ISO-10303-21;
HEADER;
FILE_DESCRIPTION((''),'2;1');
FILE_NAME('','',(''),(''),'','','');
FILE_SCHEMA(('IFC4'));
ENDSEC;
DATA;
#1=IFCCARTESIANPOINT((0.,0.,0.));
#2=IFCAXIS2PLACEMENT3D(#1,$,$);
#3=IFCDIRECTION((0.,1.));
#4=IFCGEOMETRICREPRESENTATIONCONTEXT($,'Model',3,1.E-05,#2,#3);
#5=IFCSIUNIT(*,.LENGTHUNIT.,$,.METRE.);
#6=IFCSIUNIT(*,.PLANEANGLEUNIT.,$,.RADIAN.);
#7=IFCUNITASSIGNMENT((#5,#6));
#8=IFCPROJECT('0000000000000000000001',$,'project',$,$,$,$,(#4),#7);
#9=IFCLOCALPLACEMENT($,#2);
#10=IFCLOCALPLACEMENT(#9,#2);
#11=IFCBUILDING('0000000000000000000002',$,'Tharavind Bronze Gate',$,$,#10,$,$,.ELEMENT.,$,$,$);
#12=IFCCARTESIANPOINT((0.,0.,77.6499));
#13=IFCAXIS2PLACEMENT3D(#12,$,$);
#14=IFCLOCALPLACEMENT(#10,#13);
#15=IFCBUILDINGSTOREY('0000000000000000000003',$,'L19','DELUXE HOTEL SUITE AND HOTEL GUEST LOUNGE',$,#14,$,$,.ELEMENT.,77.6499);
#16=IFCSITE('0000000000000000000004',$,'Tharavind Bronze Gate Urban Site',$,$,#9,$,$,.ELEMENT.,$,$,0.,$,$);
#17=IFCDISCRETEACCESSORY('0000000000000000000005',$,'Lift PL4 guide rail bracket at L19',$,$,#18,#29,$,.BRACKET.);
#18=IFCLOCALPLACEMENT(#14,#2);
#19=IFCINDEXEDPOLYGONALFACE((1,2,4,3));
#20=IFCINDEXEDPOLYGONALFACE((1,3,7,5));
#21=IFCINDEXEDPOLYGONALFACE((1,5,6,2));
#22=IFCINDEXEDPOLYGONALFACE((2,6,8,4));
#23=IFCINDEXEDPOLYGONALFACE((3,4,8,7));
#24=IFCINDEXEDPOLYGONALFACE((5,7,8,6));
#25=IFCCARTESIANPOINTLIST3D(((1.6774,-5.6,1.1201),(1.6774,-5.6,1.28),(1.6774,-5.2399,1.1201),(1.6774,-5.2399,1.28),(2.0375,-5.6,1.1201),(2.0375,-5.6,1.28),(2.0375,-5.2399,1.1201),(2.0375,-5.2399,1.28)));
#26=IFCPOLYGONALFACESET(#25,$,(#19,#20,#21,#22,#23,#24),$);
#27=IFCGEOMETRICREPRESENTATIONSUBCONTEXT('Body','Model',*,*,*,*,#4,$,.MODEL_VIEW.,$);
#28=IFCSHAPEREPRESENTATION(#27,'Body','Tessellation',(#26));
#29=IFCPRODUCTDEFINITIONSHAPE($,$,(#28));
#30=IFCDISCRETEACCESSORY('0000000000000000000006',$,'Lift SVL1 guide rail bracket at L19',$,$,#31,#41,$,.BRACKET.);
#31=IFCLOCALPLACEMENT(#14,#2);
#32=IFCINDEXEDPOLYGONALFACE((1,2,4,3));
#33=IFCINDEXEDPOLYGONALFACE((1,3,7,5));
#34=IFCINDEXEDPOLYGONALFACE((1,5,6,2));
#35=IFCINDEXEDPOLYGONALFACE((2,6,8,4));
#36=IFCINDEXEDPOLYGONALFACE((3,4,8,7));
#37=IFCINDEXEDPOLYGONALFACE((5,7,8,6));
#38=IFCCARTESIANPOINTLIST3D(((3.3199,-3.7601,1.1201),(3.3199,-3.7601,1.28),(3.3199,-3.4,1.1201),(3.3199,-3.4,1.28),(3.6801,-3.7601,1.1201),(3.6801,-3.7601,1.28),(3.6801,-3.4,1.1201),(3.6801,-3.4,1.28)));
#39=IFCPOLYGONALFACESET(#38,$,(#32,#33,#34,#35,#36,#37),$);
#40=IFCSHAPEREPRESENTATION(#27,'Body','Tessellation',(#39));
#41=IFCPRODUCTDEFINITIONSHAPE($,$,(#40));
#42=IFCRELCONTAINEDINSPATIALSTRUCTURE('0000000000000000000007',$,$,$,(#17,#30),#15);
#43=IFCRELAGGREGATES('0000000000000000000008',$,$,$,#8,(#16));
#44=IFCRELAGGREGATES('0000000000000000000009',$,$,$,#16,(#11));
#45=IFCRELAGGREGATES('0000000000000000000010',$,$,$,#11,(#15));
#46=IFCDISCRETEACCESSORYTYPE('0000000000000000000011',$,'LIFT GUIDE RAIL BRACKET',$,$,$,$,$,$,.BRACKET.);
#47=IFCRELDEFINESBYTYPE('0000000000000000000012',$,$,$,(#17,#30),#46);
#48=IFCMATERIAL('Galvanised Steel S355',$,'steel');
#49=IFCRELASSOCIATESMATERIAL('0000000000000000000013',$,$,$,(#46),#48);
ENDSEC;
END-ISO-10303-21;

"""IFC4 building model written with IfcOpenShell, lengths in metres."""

from ifc_helpers import new_model, si_unit, direction, frame, origin, origin_2d, place, context, subcontext, project, spatial, rectangle, extrude, material, type_object, element, save


model = new_model("IFC4")

# Units and contexts
model_context = context("Model", 3, precision=1e-05, world=origin(), true_north=direction((0.0, 1.0)))
body_context = subcontext(model_context, "Body", "Model", "MODEL_VIEW")
ifc_project = project(units=[si_unit("LENGTHUNIT", "METRE"), si_unit("PLANEANGLEUNIT", "RADIAN")], contexts=[model_context])

# Site, building, storey
site_placement = place(None, origin())
site = spatial("IfcSite", under=ifc_project, at=site_placement, Name="Tharavind Bronze Gate Urban Site", CompositionType="ELEMENT", RefElevation=0.0)
building_placement = place(site_placement, origin())
building = spatial("IfcBuilding", under=site, at=building_placement, Name="Tharavind Bronze Gate", CompositionType="ELEMENT")
storey_placement = place(building_placement, frame((0.0, 0.0, 77.6499)))
storey = spatial("IfcBuildingStorey", under=building, at=storey_placement, Name="L19", Description="DELUXE HOTEL SUITE AND HOTEL GUEST LOUNGE", CompositionType="ELEMENT", Elevation=77.6499)

# Discrete accessories
ifc_material_1 = material(Name="Galvanised Steel S355", Category="steel")
discrete_accessory_type = type_object("IfcDiscreteAccessoryType", Name="LIFT GUIDE RAIL BRACKET", PredefinedType="BRACKET", material=ifc_material_1)
for number, where, z_axis, x_axis, name in (
    (1, (1.8574, -5.4199, 1.1201), (0.0, 0.0, 1.0), (1.0, 0.0, 0.0), "Lift PL4 guide rail bracket at L19"),
    (2, (3.5, -3.5801, 1.1201), (0.0, 0.0, 1.0), (1.0, 0.0, 0.0), "Lift SVL1 guide rail bracket at L19"),
):
    element("IfcDiscreteAccessory", number, at=place(storey_placement, frame(where, z_axis=z_axis, x_axis=x_axis)), inside=storey, type_object=discrete_accessory_type, Name=name, PredefinedType="BRACKET", context=body_context, shape_type="SweptSolid", body=[
        extrude(rectangle(XDim=0.3601, YDim=0.3601, at=origin_2d()), origin(), (0.0, 0.0, 1.0), 0.1599),
    ])

save(model, "model.ifc")
